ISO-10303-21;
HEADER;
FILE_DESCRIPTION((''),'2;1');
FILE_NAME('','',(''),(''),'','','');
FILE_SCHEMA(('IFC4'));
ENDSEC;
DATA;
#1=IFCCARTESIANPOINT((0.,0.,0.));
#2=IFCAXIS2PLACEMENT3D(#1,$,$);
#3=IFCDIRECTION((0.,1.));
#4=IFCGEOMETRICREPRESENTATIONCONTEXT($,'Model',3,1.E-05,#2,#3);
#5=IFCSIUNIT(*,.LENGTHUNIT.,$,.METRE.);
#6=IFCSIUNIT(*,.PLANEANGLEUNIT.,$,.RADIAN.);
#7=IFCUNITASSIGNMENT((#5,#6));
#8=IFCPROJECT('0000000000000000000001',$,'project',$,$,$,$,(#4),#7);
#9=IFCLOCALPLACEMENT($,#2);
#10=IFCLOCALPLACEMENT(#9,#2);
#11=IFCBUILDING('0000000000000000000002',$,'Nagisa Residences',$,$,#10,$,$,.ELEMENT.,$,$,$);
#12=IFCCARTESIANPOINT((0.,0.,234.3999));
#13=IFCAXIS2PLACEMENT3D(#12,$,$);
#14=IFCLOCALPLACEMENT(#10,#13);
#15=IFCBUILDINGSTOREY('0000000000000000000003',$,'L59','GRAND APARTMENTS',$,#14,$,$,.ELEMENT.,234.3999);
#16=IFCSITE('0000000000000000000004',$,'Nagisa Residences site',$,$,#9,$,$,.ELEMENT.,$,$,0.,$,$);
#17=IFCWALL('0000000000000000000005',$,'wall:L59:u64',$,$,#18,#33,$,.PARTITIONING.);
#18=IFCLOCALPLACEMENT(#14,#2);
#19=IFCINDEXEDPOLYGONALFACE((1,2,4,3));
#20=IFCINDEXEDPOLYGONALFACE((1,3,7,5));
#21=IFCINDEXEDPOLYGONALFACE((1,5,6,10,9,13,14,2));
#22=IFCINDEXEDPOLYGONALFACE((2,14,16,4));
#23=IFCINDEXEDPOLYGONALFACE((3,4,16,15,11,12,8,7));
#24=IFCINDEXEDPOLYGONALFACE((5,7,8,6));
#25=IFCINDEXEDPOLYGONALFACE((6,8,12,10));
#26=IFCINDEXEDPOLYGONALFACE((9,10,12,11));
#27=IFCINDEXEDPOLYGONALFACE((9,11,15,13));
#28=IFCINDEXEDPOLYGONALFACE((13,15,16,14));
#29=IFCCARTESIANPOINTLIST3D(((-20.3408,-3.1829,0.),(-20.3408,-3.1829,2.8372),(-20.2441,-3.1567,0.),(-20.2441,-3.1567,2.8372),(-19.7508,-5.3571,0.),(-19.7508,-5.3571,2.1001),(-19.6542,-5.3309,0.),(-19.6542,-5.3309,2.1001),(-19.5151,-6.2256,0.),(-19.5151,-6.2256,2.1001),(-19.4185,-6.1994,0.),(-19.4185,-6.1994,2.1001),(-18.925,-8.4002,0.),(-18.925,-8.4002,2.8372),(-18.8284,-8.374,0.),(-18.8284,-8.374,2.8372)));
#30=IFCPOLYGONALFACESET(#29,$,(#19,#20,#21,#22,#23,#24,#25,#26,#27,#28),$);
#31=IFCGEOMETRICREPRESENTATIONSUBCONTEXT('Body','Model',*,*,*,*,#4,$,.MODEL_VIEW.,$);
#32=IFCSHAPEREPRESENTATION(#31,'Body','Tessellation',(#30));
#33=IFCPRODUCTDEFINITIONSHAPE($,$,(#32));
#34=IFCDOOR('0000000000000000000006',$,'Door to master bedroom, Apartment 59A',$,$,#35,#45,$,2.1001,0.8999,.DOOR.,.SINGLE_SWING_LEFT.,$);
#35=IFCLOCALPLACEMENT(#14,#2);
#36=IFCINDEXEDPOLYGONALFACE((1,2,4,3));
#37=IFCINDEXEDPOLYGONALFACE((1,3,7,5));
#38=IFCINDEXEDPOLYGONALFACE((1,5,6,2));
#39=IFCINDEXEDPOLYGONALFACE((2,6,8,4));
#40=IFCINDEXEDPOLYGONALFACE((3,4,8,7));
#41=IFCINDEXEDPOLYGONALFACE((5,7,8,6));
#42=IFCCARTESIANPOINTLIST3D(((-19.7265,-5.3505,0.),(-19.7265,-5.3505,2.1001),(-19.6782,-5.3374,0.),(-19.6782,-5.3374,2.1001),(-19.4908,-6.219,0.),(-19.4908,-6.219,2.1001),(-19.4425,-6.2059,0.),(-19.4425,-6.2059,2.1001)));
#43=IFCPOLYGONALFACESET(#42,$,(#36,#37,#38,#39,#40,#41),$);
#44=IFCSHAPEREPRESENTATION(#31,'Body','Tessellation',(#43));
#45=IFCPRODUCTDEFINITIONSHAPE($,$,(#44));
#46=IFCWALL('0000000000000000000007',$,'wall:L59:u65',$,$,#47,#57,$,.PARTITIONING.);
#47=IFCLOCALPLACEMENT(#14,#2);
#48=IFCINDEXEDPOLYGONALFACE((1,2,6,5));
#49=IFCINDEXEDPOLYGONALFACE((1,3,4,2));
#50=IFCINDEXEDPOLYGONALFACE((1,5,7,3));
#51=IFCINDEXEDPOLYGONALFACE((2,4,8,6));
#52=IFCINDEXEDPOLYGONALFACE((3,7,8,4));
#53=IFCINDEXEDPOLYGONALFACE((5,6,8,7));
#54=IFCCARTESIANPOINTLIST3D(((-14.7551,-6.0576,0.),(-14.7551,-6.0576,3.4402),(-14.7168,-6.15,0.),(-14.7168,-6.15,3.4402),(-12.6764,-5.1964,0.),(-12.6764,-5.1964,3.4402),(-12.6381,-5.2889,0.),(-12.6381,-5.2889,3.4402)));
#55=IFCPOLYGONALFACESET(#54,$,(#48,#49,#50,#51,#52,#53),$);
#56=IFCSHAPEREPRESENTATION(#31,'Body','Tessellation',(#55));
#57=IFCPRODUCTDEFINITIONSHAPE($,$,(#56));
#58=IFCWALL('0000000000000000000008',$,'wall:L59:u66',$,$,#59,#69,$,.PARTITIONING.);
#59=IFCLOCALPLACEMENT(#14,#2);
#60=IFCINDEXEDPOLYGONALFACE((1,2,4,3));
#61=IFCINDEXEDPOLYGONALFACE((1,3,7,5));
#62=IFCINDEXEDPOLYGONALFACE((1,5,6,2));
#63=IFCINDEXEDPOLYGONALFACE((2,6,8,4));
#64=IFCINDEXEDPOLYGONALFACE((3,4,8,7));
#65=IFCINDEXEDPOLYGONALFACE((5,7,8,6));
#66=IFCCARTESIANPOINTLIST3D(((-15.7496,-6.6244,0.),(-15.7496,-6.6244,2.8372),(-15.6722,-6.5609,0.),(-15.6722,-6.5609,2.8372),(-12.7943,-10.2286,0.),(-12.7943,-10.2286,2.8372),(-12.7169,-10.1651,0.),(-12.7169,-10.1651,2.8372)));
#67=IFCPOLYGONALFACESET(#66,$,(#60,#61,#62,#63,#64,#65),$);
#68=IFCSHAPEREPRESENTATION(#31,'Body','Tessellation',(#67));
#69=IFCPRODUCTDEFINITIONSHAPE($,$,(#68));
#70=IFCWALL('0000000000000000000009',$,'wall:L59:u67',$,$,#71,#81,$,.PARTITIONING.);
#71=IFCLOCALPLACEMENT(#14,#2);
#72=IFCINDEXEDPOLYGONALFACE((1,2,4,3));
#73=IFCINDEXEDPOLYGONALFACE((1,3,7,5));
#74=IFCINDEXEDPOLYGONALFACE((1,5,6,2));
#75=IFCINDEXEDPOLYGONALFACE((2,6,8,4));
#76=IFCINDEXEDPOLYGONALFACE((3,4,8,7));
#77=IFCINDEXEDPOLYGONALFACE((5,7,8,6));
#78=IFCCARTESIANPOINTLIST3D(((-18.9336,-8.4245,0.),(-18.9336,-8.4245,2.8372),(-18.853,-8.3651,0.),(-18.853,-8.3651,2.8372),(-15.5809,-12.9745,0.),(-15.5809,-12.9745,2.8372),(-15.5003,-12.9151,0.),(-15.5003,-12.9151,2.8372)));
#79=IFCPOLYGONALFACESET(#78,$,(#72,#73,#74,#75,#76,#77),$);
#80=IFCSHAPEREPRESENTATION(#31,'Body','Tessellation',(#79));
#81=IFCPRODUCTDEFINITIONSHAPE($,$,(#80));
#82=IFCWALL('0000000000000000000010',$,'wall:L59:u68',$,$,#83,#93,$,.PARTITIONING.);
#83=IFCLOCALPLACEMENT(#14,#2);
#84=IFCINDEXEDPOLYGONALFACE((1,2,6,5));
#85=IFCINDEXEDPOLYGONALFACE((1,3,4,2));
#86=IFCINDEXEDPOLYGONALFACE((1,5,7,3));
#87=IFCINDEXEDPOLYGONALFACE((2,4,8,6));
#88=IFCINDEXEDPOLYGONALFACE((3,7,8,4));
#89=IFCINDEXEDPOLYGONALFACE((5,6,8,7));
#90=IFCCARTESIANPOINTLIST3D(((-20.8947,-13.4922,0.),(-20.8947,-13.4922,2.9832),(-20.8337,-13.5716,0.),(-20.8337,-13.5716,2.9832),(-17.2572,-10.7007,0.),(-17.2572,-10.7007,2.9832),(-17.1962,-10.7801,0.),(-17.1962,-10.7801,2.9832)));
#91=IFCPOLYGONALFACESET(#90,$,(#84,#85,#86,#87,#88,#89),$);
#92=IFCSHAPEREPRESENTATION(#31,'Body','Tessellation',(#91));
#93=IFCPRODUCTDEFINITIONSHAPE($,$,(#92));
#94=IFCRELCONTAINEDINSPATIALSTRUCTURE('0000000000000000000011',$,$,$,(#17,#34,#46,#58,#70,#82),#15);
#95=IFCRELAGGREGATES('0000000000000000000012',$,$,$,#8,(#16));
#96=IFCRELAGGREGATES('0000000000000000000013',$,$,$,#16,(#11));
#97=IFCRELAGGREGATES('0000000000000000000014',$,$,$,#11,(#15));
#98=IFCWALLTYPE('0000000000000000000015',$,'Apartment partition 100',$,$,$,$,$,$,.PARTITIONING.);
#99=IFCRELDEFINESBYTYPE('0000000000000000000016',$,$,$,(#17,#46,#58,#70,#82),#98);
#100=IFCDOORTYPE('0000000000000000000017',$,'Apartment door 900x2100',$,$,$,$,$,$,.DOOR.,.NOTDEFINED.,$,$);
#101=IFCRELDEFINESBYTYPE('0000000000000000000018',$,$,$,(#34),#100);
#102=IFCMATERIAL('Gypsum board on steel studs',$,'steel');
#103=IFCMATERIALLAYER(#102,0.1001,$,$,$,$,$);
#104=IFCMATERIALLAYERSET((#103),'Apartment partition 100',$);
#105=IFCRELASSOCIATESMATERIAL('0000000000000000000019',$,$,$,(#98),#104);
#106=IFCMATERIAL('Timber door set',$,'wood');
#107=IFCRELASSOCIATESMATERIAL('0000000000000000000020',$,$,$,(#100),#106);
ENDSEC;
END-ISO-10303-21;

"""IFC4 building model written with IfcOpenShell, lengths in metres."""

from ifc_helpers import new_model, si_unit, direction, frame, frame_2d, origin, place, context, subcontext, project, spatial, rectangle, extrude, material, layer, layer_set, type_object, element, fill, save


model = new_model("IFC4")

# Units and contexts
model_context = context("Model", 3, precision=1e-05, world=origin(), true_north=direction((0.0, 1.0)))
body_context = subcontext(model_context, "Body", "Model", "MODEL_VIEW")
ifc_project = project(units=[si_unit("LENGTHUNIT", "METRE"), si_unit("PLANEANGLEUNIT", "RADIAN")], contexts=[model_context])

# Site, building, storey
site_placement = place(None, origin())
site = spatial("IfcSite", under=ifc_project, at=site_placement, Name="Nagisa Residences site", CompositionType="ELEMENT", RefElevation=0.0)
building_placement = place(site_placement, origin())
building = spatial("IfcBuilding", under=site, at=building_placement, Name="Nagisa Residences", CompositionType="ELEMENT")
storey_placement = place(building_placement, frame((0.0, 0.0, 234.3999)))
storey = spatial("IfcBuildingStorey", under=building, at=storey_placement, Name="L59", Description="GRAND APARTMENTS", CompositionType="ELEMENT", Elevation=234.3999)

# Wall, opening, door
ifc_material_1 = material(Name="Gypsum board on steel studs", Category="steel")
ifc_layer_1 = layer(ifc_material_1, 0.1001)
ifc_layer_set_1 = layer_set([ifc_layer_1], Name="Apartment partition 100")
wall_type_1 = type_object("IfcWallType", Name="Apartment partition 100", PredefinedType="PARTITIONING", material=ifc_layer_set_1)
ifc_material_2 = material(Name="Timber door set", Category="wood")
door_type_1 = type_object("IfcDoorType", Name="Apartment door 900x2100", OperationType="NOTDEFINED", PredefinedType="DOOR", material=ifc_material_2)
wall_1_placement = place(storey_placement, frame((-20.2925, -3.1697, 0.0), z_axis=(0.0, 0.0, 1.0), x_axis=(0.261891, -0.965098, 0.0)))
wall_1 = element("IfcWall", 1, at=wall_1_placement, inside=storey, type_object=wall_type_1, Name="wall:L59:u64", PredefinedType="PARTITIONING", context=body_context, shape_type="SweptSolid", body=[
    extrude(rectangle(XDim=5.406, YDim=0.1001, at=frame_2d((2.7031, 0.0))), origin(), (0.0, 0.0, 1.0), 2.8372),
])
opening_1_placement = place(wall_1_placement, frame((2.2529, 0.0, 0.0)))
opening_1 = element("IfcOpeningElement", 2, at=opening_1_placement, cuts=wall_1, PredefinedType="OPENING", context=body_context, shape_type="SweptSolid", body=[
    extrude(rectangle(XDim=0.8999, YDim=2.1001, at=frame_2d((0.45, 1.05))), frame((0.0, 0.0601, 0.0), z_axis=(0.0, -1.0, 0.0), x_axis=(1.0, 0.0, 0.0)), (0.0, 0.0, 1.0), 0.1201),
])
door_1_placement = place(opening_1_placement, frame((0.8999, 0.0, 0.0), x_axis=(-1.0, 0.0, 0.0)))
door_1 = element("IfcDoor", 3, at=door_1_placement, inside=storey, type_object=door_type_1, Name="Door to master bedroom, Apartment 59A", OperationType="SINGLE_SWING_LEFT", OverallHeight=2.1001, OverallWidth=0.8999, PredefinedType="DOOR", context=body_context, shape_type="SweptSolid", body=[
    extrude(rectangle(XDim=0.8999, YDim=2.1001, at=frame_2d((0.45, 1.05))), frame((0.0, 0.0249, 0.0), z_axis=(0.0, -1.0, 0.0), x_axis=(1.0, 0.0, 0.0)), (0.0, 0.0, 1.0), 0.05),
])
fill(opening_1, door_1)

# Walls
wall_2_placement = place(storey_placement, frame((-12.6572, -5.2427, 0.0), z_axis=(0.0, 0.0, 1.0), x_axis=(-0.923865, -0.382719, 0.0)))
element("IfcWall", 4, at=wall_2_placement, inside=storey, type_object=wall_type_1, Name="wall:L59:u65", PredefinedType="PARTITIONING", context=body_context, shape_type="SweptSolid", body=[
    extrude(rectangle(XDim=2.25, YDim=0.1001, at=frame_2d((1.125, 0.0))), origin(), (0.0, 0.0, 1.0), 3.4402),
])
wall_3_placement = place(storey_placement, frame((-15.7109, -6.5925, 0.0), z_axis=(0.0, 0.0, 1.0), x_axis=(0.634059, -0.773285, 0.0)))
element("IfcWall", 5, at=wall_3_placement, inside=storey, type_object=wall_type_1, Name="wall:L59:u66", PredefinedType="PARTITIONING", context=body_context, shape_type="SweptSolid", body=[
    extrude(rectangle(XDim=4.6609, YDim=0.1001, at=frame_2d((2.3306, 0.0))), origin(), (0.0, 0.0, 1.0), 2.8372),
])
wall_4_placement = place(storey_placement, frame((-18.8933, -8.3948, 0.0), z_axis=(0.0, 0.0, 1.0), x_axis=(0.593212, -0.805046, 0.0)))
element("IfcWall", 6, at=wall_4_placement, inside=storey, type_object=wall_type_1, Name="wall:L59:u67", PredefinedType="PARTITIONING", context=body_context, shape_type="SweptSolid", body=[
    extrude(rectangle(XDim=5.6519, YDim=0.1001, at=frame_2d((2.8259, 0.0))), origin(), (0.0, 0.0, 1.0), 2.8372),
])
wall_5_placement = place(storey_placement, frame((-17.2268, -10.7405, 0.0), z_axis=(0.0, 0.0, 1.0), x_axis=(-0.793312, -0.608815, 0.0)))
element("IfcWall", 7, at=wall_5_placement, inside=storey, type_object=wall_type_1, Name="wall:L59:u68", PredefinedType="PARTITIONING", context=body_context, shape_type="SweptSolid", body=[
    extrude(rectangle(XDim=4.5852, YDim=0.1001, at=frame_2d((2.2925, 0.0))), origin(), (0.0, 0.0, 1.0), 2.9832),
])

save(model, "model.ifc")
